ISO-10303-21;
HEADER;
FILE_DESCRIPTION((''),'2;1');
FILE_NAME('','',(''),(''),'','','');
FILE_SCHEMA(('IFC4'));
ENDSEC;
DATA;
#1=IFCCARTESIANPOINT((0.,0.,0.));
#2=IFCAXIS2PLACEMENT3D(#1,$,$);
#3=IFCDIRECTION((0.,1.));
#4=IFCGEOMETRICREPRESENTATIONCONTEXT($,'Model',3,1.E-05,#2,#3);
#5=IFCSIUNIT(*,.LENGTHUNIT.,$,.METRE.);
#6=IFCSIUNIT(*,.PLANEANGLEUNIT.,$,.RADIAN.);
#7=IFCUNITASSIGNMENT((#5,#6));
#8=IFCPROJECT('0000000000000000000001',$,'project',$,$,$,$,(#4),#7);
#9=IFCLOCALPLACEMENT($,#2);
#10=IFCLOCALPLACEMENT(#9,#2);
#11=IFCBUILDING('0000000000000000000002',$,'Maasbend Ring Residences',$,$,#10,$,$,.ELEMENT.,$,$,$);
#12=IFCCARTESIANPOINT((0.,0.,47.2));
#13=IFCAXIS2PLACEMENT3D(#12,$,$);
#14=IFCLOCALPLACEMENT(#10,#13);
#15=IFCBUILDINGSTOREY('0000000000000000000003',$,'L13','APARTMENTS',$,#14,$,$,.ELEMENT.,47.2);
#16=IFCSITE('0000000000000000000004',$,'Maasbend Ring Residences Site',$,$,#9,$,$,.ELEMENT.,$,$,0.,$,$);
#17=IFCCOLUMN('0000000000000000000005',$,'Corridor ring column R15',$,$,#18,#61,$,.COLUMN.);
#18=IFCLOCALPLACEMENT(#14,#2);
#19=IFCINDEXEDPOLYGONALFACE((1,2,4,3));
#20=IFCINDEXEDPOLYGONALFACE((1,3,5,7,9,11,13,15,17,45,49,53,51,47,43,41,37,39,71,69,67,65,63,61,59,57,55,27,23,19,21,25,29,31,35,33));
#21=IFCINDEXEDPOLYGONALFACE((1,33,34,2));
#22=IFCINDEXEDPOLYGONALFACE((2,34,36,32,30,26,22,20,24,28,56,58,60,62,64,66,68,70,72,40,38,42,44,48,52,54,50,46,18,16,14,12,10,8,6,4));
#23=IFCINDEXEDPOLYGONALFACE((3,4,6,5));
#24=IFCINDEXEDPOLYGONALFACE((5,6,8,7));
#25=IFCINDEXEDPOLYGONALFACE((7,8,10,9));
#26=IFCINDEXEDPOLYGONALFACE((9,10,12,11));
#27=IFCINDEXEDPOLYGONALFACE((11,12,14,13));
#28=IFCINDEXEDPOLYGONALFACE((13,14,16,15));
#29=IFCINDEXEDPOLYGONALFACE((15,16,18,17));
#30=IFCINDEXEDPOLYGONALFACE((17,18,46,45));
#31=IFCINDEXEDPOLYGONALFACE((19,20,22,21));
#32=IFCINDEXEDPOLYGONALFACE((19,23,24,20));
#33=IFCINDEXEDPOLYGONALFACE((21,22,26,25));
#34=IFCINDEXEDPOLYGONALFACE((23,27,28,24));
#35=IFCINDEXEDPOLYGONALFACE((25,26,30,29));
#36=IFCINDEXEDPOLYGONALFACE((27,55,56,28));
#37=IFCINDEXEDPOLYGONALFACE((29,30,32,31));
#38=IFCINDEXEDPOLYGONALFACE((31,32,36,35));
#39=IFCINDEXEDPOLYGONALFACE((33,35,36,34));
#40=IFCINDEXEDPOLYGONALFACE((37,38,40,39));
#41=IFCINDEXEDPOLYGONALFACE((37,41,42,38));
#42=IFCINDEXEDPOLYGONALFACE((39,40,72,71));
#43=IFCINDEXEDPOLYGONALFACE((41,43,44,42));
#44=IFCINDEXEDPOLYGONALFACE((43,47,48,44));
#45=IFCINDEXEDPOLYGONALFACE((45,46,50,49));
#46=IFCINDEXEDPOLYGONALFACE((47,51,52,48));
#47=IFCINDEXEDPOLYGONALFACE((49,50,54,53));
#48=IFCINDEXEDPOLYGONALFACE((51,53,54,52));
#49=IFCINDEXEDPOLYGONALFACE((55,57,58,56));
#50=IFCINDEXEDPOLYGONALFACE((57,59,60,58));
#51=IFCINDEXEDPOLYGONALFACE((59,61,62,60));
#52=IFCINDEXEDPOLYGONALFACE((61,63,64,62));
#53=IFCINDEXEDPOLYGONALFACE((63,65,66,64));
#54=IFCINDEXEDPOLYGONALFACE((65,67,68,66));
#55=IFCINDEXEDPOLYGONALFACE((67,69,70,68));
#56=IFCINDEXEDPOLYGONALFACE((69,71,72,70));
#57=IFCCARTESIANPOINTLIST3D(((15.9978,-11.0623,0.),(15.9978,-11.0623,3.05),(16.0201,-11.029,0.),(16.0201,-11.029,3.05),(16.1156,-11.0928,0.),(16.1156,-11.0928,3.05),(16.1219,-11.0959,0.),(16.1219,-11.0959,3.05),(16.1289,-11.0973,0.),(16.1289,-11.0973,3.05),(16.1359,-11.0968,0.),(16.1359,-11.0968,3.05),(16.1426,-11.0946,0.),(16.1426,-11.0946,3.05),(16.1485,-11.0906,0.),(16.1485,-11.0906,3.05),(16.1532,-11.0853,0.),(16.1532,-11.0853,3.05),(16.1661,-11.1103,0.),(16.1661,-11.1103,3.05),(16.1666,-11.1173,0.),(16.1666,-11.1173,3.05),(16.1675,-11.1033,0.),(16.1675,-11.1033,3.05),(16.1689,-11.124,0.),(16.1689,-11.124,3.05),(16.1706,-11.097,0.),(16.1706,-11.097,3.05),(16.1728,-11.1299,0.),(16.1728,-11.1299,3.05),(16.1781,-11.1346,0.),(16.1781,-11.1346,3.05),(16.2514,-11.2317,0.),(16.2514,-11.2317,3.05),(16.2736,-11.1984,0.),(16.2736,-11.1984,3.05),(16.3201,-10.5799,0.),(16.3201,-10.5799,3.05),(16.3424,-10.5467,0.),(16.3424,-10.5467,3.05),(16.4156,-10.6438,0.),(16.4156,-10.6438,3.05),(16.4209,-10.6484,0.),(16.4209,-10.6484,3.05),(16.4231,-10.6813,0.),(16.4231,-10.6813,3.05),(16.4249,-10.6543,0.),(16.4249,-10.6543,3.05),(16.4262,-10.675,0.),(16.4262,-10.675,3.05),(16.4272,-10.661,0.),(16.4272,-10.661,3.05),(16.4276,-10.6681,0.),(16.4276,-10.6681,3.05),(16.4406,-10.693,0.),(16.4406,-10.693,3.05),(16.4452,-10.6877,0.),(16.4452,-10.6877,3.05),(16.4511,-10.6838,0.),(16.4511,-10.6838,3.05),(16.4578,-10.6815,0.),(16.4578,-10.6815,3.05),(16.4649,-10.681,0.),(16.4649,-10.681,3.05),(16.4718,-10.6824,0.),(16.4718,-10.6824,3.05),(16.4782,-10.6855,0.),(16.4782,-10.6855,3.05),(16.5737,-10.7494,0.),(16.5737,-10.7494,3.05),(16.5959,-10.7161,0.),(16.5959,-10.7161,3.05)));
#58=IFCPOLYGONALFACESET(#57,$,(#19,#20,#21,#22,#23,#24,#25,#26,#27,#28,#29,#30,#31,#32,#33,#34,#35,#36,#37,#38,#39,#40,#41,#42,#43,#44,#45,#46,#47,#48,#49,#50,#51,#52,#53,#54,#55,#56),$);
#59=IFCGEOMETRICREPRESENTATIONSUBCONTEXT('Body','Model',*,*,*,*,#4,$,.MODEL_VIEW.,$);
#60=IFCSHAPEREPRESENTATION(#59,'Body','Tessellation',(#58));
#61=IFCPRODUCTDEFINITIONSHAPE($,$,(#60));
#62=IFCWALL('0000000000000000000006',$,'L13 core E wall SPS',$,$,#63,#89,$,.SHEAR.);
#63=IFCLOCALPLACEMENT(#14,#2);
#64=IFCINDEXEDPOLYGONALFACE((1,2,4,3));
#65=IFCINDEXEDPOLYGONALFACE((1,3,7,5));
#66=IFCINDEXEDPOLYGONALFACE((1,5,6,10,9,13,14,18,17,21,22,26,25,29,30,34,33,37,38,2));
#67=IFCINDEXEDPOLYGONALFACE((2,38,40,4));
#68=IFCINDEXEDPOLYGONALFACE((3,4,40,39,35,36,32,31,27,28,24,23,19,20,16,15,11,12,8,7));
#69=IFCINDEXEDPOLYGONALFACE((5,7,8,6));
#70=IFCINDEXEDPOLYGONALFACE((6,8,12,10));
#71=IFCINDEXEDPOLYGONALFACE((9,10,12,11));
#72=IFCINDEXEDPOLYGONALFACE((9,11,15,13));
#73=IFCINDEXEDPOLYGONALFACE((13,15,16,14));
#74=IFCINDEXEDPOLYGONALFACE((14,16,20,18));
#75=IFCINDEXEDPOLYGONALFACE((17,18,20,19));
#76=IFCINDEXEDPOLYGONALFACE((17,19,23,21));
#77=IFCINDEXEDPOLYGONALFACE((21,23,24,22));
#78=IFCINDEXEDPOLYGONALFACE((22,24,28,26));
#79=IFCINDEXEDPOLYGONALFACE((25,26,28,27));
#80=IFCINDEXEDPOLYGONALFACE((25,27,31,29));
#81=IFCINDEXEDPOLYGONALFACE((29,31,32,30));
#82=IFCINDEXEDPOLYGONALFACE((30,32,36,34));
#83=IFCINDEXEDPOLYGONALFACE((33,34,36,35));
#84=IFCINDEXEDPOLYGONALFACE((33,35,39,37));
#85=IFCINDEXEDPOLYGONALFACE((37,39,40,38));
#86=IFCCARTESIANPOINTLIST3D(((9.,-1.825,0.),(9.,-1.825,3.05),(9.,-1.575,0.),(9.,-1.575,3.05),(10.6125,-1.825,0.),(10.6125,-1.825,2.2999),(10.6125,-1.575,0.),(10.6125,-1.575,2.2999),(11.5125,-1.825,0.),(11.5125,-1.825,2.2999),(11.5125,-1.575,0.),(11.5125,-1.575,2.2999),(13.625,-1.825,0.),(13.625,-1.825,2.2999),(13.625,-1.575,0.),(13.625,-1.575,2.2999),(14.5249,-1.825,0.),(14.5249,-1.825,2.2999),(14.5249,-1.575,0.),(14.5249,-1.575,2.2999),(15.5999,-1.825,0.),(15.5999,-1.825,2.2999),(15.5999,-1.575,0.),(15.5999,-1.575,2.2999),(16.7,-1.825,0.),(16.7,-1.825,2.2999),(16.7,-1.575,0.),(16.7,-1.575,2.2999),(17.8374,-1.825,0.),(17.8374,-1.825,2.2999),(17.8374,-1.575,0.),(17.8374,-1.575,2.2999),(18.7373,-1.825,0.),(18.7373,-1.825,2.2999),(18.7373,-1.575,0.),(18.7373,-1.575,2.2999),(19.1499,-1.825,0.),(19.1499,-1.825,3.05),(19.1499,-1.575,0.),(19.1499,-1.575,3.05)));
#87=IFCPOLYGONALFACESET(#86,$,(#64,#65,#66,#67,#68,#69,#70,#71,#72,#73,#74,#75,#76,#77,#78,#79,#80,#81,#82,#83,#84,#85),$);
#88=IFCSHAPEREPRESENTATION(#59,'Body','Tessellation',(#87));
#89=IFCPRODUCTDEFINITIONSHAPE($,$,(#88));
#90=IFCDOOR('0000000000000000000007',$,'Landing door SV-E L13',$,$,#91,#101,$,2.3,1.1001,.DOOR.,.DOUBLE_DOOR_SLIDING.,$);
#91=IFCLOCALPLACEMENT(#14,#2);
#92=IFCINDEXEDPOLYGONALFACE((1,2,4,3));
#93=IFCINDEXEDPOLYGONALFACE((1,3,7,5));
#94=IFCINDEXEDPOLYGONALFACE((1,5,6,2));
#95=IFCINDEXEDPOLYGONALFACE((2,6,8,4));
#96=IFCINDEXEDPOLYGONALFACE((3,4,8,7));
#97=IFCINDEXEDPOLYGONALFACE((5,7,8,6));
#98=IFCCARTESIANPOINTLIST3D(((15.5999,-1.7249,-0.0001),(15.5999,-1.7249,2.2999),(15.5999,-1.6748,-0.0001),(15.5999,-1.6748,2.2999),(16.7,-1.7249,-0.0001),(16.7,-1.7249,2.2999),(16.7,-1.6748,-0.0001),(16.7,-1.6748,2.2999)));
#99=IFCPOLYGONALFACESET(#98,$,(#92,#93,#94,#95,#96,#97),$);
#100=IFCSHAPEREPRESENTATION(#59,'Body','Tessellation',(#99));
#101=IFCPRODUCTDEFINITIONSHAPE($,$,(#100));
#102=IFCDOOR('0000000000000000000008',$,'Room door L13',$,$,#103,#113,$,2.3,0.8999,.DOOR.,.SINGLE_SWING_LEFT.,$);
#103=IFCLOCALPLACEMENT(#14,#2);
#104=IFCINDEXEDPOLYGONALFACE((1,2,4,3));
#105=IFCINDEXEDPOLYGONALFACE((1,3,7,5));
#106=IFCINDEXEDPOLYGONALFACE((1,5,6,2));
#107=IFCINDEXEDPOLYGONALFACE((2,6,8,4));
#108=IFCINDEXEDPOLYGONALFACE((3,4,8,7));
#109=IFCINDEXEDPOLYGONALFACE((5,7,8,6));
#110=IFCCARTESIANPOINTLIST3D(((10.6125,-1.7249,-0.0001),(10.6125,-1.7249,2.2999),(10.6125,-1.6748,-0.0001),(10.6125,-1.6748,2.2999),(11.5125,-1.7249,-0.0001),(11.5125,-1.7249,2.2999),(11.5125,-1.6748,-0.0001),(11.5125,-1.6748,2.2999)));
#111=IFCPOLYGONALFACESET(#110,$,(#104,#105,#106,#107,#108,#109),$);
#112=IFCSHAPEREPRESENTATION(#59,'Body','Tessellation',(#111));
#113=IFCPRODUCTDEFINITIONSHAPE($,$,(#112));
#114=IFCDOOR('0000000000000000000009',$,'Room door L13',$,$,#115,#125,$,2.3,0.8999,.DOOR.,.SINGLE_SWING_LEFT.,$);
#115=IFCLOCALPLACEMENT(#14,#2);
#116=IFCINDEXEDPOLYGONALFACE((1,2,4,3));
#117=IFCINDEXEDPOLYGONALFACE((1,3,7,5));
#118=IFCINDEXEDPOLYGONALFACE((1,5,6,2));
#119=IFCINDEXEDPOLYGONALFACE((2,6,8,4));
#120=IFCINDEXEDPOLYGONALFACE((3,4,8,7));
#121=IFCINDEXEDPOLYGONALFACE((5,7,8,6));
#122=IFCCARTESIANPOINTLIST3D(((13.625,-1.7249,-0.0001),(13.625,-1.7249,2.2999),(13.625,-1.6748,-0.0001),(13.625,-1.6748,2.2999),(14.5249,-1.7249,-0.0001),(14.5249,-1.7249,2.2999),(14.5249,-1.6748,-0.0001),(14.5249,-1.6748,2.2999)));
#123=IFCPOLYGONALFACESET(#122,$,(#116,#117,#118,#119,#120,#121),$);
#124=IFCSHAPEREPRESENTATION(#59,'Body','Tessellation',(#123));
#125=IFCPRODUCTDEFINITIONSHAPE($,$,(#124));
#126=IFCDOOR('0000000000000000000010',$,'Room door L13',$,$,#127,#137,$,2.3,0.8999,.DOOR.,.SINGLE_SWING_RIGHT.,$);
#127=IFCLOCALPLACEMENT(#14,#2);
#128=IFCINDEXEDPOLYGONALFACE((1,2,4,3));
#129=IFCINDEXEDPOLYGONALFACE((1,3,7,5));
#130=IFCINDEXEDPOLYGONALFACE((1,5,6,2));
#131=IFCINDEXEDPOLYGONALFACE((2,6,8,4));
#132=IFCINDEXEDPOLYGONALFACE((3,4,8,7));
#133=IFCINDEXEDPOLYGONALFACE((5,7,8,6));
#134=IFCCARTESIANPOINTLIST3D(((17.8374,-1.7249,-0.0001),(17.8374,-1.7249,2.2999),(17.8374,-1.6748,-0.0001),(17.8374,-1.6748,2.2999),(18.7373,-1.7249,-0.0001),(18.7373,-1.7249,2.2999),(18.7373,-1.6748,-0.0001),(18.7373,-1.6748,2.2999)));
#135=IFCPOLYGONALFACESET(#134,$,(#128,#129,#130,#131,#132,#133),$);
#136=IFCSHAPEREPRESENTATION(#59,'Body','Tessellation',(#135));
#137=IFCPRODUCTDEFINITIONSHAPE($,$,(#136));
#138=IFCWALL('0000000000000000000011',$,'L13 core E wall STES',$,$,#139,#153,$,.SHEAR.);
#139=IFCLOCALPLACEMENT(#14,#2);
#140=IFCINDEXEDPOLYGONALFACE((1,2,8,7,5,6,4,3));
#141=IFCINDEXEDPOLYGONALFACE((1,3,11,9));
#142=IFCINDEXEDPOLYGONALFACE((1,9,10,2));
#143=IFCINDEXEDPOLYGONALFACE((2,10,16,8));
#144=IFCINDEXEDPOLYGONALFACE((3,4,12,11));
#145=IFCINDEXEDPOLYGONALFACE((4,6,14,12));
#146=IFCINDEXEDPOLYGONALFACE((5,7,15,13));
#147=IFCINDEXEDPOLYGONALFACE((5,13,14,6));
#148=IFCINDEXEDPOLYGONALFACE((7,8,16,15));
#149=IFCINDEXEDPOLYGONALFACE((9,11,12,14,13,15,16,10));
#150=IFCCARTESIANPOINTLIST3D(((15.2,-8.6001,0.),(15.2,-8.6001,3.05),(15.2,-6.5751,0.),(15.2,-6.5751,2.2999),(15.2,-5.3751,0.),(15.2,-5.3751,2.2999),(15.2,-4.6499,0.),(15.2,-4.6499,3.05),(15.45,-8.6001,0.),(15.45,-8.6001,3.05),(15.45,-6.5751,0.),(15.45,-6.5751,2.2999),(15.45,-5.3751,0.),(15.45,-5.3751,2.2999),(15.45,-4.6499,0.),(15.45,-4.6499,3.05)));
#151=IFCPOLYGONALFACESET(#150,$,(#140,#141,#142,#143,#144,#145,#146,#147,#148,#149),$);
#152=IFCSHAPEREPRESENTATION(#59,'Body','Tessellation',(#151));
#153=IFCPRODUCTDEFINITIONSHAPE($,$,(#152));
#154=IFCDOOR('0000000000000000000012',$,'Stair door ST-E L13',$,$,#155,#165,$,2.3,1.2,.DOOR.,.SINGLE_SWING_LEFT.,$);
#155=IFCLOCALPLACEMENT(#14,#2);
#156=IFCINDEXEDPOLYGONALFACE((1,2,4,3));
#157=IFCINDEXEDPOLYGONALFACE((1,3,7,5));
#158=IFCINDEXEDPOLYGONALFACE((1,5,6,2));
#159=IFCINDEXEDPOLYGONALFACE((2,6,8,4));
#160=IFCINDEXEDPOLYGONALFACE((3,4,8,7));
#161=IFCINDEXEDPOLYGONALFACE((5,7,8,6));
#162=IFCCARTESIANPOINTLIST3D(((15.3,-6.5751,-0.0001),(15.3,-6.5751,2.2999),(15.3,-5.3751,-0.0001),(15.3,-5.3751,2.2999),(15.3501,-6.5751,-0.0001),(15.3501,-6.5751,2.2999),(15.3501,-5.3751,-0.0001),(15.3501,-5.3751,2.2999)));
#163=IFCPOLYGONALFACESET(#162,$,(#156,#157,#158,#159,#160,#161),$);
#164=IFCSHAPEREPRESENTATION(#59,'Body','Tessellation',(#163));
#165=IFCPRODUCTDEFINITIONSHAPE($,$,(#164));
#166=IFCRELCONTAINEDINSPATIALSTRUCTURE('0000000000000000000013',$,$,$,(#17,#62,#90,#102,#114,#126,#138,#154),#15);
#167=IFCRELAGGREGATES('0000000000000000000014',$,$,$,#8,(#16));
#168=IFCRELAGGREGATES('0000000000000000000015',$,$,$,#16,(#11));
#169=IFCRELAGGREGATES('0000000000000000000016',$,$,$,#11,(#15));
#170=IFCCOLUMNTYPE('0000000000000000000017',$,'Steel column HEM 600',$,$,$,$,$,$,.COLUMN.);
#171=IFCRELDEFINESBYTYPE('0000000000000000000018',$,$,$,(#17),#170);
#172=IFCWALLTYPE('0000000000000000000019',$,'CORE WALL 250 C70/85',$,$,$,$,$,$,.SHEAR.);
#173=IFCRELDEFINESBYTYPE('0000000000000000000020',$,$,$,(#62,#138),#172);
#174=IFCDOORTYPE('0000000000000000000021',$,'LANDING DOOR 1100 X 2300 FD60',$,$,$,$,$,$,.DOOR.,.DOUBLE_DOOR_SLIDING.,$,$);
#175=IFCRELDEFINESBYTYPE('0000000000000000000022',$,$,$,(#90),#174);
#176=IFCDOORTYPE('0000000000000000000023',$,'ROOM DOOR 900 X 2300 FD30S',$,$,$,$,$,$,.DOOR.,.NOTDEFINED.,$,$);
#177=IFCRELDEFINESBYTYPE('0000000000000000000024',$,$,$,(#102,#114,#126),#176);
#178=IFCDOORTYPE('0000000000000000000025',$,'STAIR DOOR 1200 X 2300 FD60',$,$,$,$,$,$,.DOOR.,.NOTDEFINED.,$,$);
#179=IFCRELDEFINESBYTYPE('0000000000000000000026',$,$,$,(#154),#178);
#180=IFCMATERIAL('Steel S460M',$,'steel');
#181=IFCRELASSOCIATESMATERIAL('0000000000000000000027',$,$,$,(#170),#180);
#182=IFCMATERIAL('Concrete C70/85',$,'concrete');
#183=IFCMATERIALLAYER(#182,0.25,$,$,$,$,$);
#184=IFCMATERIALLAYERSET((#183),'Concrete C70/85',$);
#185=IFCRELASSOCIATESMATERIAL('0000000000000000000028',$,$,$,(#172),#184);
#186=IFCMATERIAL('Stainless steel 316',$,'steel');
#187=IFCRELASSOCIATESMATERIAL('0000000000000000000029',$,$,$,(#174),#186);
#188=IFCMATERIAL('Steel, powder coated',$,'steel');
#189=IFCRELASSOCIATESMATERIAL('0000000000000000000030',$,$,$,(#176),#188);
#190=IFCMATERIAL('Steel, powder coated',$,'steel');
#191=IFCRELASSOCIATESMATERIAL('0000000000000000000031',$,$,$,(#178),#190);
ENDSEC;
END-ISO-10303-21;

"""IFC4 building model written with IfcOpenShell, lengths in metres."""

from ifc_helpers import new_model, si_unit, direction, frame, frame_2d, origin, origin_2d, place, context, subcontext, project, spatial, rectangle, i_section, extrude, material, layer, layer_set, material_profile, profile_set, type_object, element, fill, save


model = new_model("IFC4")

# Units and contexts
model_context = context("Model", 3, precision=1e-05, world=origin(), true_north=direction((0.0, 1.0)))
body_context = subcontext(model_context, "Body", "Model", "MODEL_VIEW")
ifc_project = project(units=[si_unit("LENGTHUNIT", "METRE"), si_unit("PLANEANGLEUNIT", "RADIAN")], contexts=[model_context])

# Site, building, storey
site_placement = place(None, origin())
site = spatial("IfcSite", under=ifc_project, at=site_placement, Name="Maasbend Ring Residences Site", CompositionType="ELEMENT", RefElevation=0.0)
building_placement = place(site_placement, origin())
building = spatial("IfcBuilding", under=site, at=building_placement, Name="Maasbend Ring Residences", CompositionType="ELEMENT")
storey_placement = place(building_placement, frame((0.0, 0.0, 47.2)))
storey = spatial("IfcBuildingStorey", under=building, at=storey_placement, Name="L13", Description="APARTMENTS", CompositionType="ELEMENT", Elevation=47.2)

# Column
ifc_material_1 = material(Name="Steel S460M", Category="steel")
ifc_material_profile = material_profile(ifc_material_1, i_section(OverallWidth=0.3049, OverallDepth=0.6201, WebThickness=0.021, FlangeThickness=0.04, FilletRadius=0.0271, at=origin_2d()), Name="HEM 600")
ifc_profile_set = profile_set([ifc_material_profile], Name="Steel S460M")
column_type = type_object("IfcColumnType", Name="Steel column HEM 600", PredefinedType="COLUMN", material=ifc_profile_set)
column_placement = place(storey_placement, frame((16.2969, -10.8892, 0.0), z_axis=(0.0, 0.0, 1.0), x_axis=(0.83147, -0.55557, 0.0)))
element("IfcColumn", 1, at=column_placement, inside=storey, type_object=column_type, Name="Corridor ring column R15", PredefinedType="COLUMN", context=body_context, shape_type="SweptSolid", body=[
    extrude(i_section(OverallWidth=0.3049, OverallDepth=0.6201, WebThickness=0.021, FlangeThickness=0.04, FilletRadius=0.0271, at=origin_2d()), origin(), (0.0, 0.0, 1.0), 3.05),
])

# Wall, openings, doors
ifc_material_2 = material(Name="Concrete C70/85", Category="concrete")
ifc_layer_1 = layer(ifc_material_2, 0.25)
ifc_layer_set_1 = layer_set([ifc_layer_1], Name="Concrete C70/85")
wall_type_1 = type_object("IfcWallType", Name="CORE WALL 250 C70/85", PredefinedType="SHEAR", material=ifc_layer_set_1)
wall_1_placement = place(storey_placement, frame((19.1499, -1.7, 0.0), z_axis=(0.0, 0.0, 1.0), x_axis=(-1.0, 0.0, 0.0)))
wall_1 = element("IfcWall", 2, at=wall_1_placement, inside=storey, type_object=wall_type_1, Name="L13 core E wall SPS", PredefinedType="SHEAR", context=body_context, shape_type="SweptSolid", body=[
    extrude(rectangle(XDim=10.1499, YDim=0.25, at=frame_2d((5.075, 0.0))), origin(), (0.0, 0.0, 1.0), 3.05),
])
opening_1_placement = place(wall_1_placement, frame((2.45, 0.0, 0.0)))
opening_1 = element("IfcOpeningElement", 3, at=opening_1_placement, cuts=wall_1, PredefinedType="OPENING", context=body_context, shape_type="SweptSolid", body=[
    extrude(rectangle(XDim=1.1001, YDim=2.3, at=frame_2d((0.55, 1.1499))), frame((0.0, 0.135, 0.0), z_axis=(0.0, -1.0, 0.0), x_axis=(1.0, 0.0, 0.0)), (0.0, 0.0, 1.0), 0.27),
])
opening_2_placement = place(wall_1_placement, frame((7.6375, 0.0, 0.0)))
opening_2 = element("IfcOpeningElement", 4, at=opening_2_placement, cuts=wall_1, PredefinedType="OPENING", context=body_context, shape_type="SweptSolid", body=[
    extrude(rectangle(XDim=0.8999, YDim=2.3, at=frame_2d((0.45, 1.1499))), frame((0.0, 0.135, 0.0), z_axis=(0.0, -1.0, 0.0), x_axis=(1.0, 0.0, 0.0)), (0.0, 0.0, 1.0), 0.27),
])
opening_3_placement = place(wall_1_placement, frame((4.625, 0.0, 0.0)))
opening_3 = element("IfcOpeningElement", 5, at=opening_3_placement, cuts=wall_1, PredefinedType="OPENING", context=body_context, shape_type="SweptSolid", body=[
    extrude(rectangle(XDim=0.8999, YDim=2.3, at=frame_2d((0.45, 1.1499))), frame((0.0, 0.135, 0.0), z_axis=(0.0, -1.0, 0.0), x_axis=(1.0, 0.0, 0.0)), (0.0, 0.0, 1.0), 0.27),
])
opening_4_placement = place(wall_1_placement, frame((0.4126, 0.0, 0.0)))
opening_4 = element("IfcOpeningElement", 6, at=opening_4_placement, cuts=wall_1, PredefinedType="OPENING", context=body_context, shape_type="SweptSolid", body=[
    extrude(rectangle(XDim=0.8999, YDim=2.3, at=frame_2d((0.45, 1.1499))), frame((0.0, 0.135, 0.0), z_axis=(0.0, -1.0, 0.0), x_axis=(1.0, 0.0, 0.0)), (0.0, 0.0, 1.0), 0.27),
])
ifc_material_3 = material(Name="Stainless steel 316", Category="steel")
door_type_1 = type_object("IfcDoorType", Name="LANDING DOOR 1100 X 2300 FD60", OperationType="DOUBLE_DOOR_SLIDING", PredefinedType="DOOR", material=ifc_material_3)
door_1_placement = place(opening_1_placement, origin())
door_1 = element("IfcDoor", 7, at=door_1_placement, inside=storey, type_object=door_type_1, Name="Landing door SV-E L13", OperationType="DOUBLE_DOOR_SLIDING", OverallHeight=2.3, OverallWidth=1.1001, PredefinedType="DOOR", context=body_context, shape_type="SweptSolid", body=[
    extrude(rectangle(XDim=1.1001, YDim=2.3, at=frame_2d((0.55, 1.1499))), frame((0.0, 0.0249, 0.0), z_axis=(0.0, -1.0, 0.0), x_axis=(1.0, 0.0, 0.0)), (0.0, 0.0, 1.0), 0.05),
])
fill(opening_1, door_1)
ifc_material_4 = material(Name="Steel, powder coated", Category="steel")
door_type_2 = type_object("IfcDoorType", Name="ROOM DOOR 900 X 2300 FD30S", OperationType="NOTDEFINED", PredefinedType="DOOR", material=ifc_material_4)
door_2_placement = place(opening_2_placement, origin())
door_2 = element("IfcDoor", 8, at=door_2_placement, inside=storey, type_object=door_type_2, Name="Room door L13", OperationType="SINGLE_SWING_LEFT", OverallHeight=2.3, OverallWidth=0.8999, PredefinedType="DOOR", context=body_context, shape_type="SweptSolid", body=[
    extrude(rectangle(XDim=0.8999, YDim=2.3, at=frame_2d((0.45, 1.1499))), frame((0.0, 0.0249, 0.0), z_axis=(0.0, -1.0, 0.0), x_axis=(1.0, 0.0, 0.0)), (0.0, 0.0, 1.0), 0.05),
])
fill(opening_2, door_2)
door_3_placement = place(opening_3_placement, origin())
door_3 = element("IfcDoor", 9, at=door_3_placement, inside=storey, type_object=door_type_2, Name="Room door L13", OperationType="SINGLE_SWING_LEFT", OverallHeight=2.3, OverallWidth=0.8999, PredefinedType="DOOR", context=body_context, shape_type="SweptSolid", body=[
    extrude(rectangle(XDim=0.8999, YDim=2.3, at=frame_2d((0.45, 1.1499))), frame((0.0, 0.0249, 0.0), z_axis=(0.0, -1.0, 0.0), x_axis=(1.0, 0.0, 0.0)), (0.0, 0.0, 1.0), 0.05),
])
fill(opening_3, door_3)
door_4_placement = place(opening_4_placement, origin())
door_4 = element("IfcDoor", 10, at=door_4_placement, inside=storey, type_object=door_type_2, Name="Room door L13", OperationType="SINGLE_SWING_RIGHT", OverallHeight=2.3, OverallWidth=0.8999, PredefinedType="DOOR", context=body_context, shape_type="SweptSolid", body=[
    extrude(rectangle(XDim=0.8999, YDim=2.3, at=frame_2d((0.45, 1.1499))), frame((0.0, 0.0249, 0.0), z_axis=(0.0, -1.0, 0.0), x_axis=(1.0, 0.0, 0.0)), (0.0, 0.0, 1.0), 0.05),
])
fill(opening_4, door_4)

# Wall, opening, door
wall_2_placement = place(storey_placement, frame((15.325, -8.6001, 0.0), z_axis=(0.0, 0.0, 1.0), x_axis=(0.0, 1.0, 0.0)))
wall_2 = element("IfcWall", 11, at=wall_2_placement, inside=storey, type_object=wall_type_1, Name="L13 core E wall STES", PredefinedType="SHEAR", context=body_context, shape_type="SweptSolid", body=[
    extrude(rectangle(XDim=3.9502, YDim=0.25, at=frame_2d((1.9751, 0.0))), origin(), (0.0, 0.0, 1.0), 3.05),
])
opening_5_placement = place(wall_2_placement, frame((2.0249, 0.0, 0.0)))
opening_5 = element("IfcOpeningElement", 12, at=opening_5_placement, cuts=wall_2, PredefinedType="OPENING", context=body_context, shape_type="SweptSolid", body=[
    extrude(rectangle(XDim=1.2, YDim=2.3, at=frame_2d((0.6001, 1.1499))), frame((0.0, 0.135, 0.0), z_axis=(0.0, -1.0, 0.0), x_axis=(1.0, 0.0, 0.0)), (0.0, 0.0, 1.0), 0.27),
])
ifc_material_5 = material(Name="Steel, powder coated", Category="steel")
door_type_3 = type_object("IfcDoorType", Name="STAIR DOOR 1200 X 2300 FD60", OperationType="NOTDEFINED", PredefinedType="DOOR", material=ifc_material_5)
door_5_placement = place(opening_5_placement, origin())
door_5 = element("IfcDoor", 13, at=door_5_placement, inside=storey, type_object=door_type_3, Name="Stair door ST-E L13", OperationType="SINGLE_SWING_LEFT", OverallHeight=2.3, OverallWidth=1.2, PredefinedType="DOOR", context=body_context, shape_type="SweptSolid", body=[
    extrude(rectangle(XDim=1.2, YDim=2.3, at=frame_2d((0.6001, 1.1499))), frame((0.0, 0.0249, 0.0), z_axis=(0.0, -1.0, 0.0), x_axis=(1.0, 0.0, 0.0)), (0.0, 0.0, 1.0), 0.05),
])
fill(opening_5, door_5)

save(model, "model.ifc")
